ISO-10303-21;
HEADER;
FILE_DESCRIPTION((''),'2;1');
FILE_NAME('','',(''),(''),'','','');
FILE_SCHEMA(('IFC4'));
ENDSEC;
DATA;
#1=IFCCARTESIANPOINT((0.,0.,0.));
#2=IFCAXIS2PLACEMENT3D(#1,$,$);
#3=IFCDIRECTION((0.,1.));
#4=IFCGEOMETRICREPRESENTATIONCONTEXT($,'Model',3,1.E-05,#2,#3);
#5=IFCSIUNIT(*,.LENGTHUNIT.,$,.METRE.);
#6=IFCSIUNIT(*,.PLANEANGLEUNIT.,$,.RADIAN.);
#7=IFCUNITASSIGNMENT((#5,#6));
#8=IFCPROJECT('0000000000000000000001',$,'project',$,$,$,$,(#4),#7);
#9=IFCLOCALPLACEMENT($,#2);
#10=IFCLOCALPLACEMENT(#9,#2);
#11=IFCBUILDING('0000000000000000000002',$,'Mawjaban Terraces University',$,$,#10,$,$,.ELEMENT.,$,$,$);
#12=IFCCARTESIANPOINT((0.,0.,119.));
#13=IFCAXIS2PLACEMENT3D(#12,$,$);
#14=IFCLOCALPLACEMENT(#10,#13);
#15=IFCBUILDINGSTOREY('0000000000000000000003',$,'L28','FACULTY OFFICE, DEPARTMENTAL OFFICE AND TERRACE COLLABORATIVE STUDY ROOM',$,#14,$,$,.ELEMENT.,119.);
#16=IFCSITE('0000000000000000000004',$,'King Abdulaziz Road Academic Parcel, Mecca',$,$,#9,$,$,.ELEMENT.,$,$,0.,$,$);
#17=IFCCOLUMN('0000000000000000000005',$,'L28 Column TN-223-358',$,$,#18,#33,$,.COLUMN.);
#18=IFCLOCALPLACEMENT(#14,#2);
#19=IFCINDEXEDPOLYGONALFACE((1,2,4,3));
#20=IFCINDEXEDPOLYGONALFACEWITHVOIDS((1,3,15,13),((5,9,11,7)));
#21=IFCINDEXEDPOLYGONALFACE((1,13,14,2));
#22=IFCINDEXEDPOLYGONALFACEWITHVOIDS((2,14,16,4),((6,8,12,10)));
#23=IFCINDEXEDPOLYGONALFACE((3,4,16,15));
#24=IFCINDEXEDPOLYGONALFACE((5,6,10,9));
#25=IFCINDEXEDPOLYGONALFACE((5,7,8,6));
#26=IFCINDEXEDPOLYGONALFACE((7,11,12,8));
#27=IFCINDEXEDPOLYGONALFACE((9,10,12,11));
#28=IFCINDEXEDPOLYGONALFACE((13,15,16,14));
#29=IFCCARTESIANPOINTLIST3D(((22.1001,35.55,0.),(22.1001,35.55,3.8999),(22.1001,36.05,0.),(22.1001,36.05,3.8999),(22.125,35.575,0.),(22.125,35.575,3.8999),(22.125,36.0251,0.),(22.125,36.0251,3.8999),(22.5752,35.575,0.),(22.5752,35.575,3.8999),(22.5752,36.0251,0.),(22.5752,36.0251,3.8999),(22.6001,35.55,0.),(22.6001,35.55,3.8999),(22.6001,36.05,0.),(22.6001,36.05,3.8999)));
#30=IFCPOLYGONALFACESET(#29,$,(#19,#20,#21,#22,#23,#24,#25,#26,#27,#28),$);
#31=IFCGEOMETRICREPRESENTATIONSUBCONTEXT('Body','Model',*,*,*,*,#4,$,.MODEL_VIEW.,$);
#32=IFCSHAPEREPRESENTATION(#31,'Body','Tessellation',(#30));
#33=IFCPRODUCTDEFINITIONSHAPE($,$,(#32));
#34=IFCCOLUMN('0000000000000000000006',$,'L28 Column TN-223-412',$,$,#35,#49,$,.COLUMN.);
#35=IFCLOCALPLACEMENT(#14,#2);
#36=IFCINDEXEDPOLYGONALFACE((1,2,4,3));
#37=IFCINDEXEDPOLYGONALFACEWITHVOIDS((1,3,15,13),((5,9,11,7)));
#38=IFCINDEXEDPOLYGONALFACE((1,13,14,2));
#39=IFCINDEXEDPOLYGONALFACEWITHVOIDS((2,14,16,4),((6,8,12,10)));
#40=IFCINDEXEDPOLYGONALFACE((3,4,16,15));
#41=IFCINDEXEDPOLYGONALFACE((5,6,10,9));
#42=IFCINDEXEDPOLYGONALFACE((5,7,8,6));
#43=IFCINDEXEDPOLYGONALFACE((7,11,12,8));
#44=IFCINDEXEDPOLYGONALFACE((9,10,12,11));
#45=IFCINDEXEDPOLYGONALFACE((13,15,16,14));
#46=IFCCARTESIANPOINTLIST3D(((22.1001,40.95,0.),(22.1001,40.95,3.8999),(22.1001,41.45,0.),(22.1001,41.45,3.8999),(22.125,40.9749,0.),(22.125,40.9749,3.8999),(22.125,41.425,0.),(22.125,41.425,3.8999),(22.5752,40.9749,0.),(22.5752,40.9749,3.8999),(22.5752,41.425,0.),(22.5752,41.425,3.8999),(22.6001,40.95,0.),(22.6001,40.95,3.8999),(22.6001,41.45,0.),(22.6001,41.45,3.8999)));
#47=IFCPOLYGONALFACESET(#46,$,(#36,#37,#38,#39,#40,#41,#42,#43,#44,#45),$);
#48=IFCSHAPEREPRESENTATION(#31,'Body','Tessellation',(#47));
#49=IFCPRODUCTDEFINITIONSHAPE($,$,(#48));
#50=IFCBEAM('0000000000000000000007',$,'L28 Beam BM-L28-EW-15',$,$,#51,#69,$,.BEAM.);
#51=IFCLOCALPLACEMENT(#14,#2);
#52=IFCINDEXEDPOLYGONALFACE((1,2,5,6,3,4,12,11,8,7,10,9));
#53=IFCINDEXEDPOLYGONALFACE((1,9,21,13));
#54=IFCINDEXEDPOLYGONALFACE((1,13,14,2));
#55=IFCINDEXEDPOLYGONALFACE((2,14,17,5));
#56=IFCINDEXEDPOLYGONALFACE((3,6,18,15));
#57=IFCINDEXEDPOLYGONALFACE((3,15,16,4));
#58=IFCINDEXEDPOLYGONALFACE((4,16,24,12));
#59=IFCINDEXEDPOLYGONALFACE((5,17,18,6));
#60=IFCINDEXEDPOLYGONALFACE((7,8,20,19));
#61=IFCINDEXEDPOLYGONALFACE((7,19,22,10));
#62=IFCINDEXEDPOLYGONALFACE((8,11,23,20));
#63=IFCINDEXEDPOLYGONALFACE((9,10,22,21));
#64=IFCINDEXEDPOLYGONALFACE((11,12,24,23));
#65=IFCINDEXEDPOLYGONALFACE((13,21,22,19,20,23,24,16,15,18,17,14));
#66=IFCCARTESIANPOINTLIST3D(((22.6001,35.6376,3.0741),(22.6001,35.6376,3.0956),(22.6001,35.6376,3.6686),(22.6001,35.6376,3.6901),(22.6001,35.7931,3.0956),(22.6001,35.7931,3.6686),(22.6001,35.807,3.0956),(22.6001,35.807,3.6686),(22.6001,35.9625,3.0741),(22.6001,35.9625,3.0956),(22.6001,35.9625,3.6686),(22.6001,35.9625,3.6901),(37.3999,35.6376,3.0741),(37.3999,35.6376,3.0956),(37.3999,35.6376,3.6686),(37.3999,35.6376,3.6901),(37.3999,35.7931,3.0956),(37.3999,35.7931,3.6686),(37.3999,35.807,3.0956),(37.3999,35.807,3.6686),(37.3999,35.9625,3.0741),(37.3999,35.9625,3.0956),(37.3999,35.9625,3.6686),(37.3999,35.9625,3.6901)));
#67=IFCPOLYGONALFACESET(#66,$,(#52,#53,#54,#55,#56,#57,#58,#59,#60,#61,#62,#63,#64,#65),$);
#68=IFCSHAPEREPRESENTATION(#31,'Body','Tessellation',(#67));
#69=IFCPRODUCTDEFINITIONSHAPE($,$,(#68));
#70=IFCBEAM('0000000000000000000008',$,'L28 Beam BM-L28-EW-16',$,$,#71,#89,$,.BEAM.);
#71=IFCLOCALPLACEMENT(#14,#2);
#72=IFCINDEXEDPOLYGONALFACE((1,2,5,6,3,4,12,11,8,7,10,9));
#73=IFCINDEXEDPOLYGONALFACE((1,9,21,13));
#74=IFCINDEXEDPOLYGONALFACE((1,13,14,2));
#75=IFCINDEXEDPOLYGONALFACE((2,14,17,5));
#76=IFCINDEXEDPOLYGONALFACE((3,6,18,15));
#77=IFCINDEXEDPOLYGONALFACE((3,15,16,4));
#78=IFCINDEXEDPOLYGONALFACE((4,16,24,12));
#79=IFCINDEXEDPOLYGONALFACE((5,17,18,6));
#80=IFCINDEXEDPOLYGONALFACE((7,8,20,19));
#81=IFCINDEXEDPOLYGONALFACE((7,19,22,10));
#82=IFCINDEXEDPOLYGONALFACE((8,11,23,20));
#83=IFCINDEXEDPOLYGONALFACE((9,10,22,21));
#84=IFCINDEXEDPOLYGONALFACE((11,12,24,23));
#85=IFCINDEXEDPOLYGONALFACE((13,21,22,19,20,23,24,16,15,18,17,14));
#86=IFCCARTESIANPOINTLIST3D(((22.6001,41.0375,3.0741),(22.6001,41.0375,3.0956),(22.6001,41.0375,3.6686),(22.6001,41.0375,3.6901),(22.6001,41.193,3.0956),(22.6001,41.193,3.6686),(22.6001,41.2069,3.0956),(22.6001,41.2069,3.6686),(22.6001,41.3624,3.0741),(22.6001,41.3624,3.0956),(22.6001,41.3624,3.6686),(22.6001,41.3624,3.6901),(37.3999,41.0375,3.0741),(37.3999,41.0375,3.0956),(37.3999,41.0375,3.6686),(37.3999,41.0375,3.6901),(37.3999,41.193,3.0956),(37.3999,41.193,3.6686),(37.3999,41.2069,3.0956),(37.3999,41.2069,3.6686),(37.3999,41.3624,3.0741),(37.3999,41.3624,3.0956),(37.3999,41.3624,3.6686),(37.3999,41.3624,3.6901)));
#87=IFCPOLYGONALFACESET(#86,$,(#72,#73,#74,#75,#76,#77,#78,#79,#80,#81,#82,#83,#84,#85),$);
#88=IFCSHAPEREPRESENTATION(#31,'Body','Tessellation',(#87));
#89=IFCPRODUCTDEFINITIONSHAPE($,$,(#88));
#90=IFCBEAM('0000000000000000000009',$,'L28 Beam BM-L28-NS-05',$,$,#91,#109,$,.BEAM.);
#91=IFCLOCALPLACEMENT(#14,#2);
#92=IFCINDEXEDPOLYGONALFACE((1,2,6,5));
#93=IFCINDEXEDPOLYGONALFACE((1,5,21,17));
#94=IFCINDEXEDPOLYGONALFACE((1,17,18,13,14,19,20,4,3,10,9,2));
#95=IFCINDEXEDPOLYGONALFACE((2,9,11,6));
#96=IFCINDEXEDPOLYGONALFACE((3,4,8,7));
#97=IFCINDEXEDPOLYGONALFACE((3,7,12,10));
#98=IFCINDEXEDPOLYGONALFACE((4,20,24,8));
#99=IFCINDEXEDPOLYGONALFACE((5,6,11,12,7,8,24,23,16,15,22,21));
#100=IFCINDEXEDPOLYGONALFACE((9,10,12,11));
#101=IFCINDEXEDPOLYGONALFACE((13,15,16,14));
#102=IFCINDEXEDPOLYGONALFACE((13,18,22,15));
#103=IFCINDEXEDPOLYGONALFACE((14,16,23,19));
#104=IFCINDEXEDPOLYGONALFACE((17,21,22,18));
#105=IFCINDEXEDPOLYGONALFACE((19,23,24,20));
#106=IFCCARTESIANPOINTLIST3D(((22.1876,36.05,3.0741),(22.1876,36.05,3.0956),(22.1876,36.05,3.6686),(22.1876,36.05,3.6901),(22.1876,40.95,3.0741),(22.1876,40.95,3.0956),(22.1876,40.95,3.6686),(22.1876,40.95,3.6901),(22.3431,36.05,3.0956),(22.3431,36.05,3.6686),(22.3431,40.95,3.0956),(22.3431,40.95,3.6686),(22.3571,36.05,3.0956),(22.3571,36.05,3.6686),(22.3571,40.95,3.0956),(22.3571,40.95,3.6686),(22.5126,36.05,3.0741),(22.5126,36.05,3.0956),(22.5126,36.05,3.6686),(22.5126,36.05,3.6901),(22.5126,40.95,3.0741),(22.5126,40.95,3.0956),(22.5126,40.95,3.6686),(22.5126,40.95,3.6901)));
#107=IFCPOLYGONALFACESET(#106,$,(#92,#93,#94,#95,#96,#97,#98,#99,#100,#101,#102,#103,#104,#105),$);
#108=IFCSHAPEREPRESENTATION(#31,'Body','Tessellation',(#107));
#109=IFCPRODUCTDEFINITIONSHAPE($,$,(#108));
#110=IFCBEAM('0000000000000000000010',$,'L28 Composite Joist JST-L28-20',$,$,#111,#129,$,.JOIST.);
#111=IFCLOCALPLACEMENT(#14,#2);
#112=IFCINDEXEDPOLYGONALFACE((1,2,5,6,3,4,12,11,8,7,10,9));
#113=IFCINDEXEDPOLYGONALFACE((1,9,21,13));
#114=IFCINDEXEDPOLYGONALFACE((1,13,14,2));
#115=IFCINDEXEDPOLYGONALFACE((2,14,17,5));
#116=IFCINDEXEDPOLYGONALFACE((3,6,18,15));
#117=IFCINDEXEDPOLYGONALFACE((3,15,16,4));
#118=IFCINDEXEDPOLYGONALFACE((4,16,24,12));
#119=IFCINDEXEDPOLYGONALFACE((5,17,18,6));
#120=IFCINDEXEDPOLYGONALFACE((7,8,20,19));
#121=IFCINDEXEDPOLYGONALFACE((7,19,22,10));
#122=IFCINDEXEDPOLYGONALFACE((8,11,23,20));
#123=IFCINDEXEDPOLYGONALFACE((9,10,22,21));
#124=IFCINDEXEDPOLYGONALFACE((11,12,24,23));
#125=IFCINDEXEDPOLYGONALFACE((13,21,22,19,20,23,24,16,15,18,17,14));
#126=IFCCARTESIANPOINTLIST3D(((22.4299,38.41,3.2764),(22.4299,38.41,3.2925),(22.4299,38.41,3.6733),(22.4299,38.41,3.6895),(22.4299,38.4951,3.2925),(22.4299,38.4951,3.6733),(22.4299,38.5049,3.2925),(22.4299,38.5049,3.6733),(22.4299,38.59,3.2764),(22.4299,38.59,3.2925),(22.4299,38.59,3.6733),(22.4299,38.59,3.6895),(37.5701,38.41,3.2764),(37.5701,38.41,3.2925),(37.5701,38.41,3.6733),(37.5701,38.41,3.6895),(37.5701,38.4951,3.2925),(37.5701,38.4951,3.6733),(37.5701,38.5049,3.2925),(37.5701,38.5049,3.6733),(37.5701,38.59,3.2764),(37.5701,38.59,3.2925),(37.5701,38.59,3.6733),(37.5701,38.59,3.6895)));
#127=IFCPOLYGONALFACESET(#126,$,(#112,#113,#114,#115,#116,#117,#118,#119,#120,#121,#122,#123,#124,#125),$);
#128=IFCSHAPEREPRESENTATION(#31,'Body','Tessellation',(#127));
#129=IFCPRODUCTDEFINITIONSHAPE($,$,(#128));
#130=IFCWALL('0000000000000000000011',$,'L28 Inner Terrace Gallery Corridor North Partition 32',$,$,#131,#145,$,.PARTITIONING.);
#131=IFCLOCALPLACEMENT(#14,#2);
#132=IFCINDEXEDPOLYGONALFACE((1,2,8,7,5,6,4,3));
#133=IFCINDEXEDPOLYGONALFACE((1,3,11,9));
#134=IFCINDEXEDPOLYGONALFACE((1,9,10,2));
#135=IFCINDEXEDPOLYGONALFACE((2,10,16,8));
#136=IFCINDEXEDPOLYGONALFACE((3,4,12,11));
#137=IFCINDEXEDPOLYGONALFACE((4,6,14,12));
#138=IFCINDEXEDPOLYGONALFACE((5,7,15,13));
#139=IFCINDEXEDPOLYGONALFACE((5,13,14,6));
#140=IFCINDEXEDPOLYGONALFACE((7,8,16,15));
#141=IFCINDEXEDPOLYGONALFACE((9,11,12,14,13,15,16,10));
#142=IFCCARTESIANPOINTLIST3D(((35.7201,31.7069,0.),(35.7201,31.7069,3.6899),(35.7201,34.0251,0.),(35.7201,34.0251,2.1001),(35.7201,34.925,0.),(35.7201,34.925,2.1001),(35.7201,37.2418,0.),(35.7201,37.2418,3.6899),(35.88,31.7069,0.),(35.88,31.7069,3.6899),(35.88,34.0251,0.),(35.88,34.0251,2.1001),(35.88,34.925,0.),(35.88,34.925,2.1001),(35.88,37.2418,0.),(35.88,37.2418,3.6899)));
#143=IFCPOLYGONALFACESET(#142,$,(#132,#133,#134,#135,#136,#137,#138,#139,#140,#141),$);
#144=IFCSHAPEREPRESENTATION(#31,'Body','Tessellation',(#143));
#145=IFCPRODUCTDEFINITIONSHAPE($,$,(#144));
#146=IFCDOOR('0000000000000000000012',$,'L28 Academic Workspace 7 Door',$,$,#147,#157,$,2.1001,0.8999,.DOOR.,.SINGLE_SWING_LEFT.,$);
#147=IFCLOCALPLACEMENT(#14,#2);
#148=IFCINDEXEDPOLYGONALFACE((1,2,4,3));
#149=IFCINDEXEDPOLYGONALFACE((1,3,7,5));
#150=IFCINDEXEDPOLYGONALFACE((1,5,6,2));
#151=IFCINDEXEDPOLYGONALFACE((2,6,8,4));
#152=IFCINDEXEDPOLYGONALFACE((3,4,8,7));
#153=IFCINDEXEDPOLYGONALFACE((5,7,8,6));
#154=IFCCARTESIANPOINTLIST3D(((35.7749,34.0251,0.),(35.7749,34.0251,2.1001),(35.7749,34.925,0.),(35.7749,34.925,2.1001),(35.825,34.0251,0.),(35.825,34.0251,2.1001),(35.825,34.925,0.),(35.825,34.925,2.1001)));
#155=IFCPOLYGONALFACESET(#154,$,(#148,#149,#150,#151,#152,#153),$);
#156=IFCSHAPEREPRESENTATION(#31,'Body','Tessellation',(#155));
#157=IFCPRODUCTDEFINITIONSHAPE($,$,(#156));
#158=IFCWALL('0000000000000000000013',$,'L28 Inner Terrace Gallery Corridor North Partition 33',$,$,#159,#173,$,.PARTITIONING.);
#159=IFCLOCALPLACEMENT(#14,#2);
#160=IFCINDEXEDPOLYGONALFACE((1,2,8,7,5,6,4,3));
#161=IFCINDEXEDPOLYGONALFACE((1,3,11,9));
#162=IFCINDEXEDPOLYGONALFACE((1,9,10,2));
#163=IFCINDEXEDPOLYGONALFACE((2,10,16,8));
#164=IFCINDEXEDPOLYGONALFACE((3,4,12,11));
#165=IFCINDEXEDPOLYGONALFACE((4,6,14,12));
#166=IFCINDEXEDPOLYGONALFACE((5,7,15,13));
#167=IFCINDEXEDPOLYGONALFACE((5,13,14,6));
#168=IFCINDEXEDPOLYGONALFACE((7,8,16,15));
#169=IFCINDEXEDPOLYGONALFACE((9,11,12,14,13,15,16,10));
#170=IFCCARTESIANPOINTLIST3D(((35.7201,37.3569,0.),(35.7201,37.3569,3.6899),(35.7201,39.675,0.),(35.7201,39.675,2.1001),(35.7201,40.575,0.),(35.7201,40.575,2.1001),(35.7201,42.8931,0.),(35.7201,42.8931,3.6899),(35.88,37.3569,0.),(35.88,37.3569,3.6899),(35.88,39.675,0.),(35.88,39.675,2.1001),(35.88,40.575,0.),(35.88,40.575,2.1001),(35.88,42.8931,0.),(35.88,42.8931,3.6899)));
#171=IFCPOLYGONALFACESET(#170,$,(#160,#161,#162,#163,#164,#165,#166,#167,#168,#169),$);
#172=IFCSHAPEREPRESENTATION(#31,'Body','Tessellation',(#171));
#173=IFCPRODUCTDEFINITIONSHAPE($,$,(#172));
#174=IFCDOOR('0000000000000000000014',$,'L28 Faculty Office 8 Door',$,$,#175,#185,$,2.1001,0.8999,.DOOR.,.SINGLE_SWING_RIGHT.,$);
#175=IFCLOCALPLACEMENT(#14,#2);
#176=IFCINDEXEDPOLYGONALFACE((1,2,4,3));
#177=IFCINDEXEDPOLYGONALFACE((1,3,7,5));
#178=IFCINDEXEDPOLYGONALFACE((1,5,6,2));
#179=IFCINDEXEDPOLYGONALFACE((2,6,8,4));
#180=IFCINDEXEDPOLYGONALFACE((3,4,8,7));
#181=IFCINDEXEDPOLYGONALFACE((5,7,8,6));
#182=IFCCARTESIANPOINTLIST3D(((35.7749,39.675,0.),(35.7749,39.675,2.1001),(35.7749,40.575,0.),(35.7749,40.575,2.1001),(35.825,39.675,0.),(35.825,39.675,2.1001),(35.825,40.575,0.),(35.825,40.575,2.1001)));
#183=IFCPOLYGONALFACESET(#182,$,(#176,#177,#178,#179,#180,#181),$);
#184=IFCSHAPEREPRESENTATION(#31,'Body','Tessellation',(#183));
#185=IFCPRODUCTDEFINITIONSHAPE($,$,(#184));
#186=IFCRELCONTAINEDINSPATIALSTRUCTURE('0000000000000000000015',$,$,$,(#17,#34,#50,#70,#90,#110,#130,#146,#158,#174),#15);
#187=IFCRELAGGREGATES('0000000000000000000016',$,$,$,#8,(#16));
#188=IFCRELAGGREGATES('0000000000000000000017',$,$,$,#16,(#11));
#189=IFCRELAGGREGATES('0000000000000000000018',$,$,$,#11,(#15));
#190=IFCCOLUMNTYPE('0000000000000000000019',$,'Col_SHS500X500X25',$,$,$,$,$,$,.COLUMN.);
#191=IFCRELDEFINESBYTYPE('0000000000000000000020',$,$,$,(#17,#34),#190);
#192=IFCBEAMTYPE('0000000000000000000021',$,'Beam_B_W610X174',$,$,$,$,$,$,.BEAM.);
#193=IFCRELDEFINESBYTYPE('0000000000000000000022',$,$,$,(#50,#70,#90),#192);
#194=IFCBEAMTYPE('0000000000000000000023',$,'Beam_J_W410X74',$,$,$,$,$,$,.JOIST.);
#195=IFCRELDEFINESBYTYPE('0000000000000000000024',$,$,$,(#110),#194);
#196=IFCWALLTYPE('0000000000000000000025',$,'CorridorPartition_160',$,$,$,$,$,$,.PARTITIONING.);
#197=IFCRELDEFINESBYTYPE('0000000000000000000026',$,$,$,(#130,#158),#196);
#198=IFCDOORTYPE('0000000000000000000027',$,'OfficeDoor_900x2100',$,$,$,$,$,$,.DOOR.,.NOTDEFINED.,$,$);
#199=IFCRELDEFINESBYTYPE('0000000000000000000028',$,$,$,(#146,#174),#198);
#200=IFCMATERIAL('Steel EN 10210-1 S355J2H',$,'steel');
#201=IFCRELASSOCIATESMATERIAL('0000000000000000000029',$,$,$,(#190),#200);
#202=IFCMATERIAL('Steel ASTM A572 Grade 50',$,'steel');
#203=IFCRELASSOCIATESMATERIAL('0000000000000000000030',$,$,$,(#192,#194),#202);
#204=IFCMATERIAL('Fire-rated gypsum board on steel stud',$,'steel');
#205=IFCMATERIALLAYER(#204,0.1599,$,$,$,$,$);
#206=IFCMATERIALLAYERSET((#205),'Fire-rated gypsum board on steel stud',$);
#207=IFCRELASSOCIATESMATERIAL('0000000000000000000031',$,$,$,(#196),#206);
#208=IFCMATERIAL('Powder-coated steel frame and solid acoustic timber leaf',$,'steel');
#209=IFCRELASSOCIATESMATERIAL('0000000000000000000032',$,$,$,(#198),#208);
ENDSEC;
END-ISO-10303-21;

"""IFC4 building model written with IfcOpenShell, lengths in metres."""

from ifc_helpers import new_model, si_unit, direction, frame, frame_2d, origin, origin_2d, place, context, subcontext, project, spatial, rectangle, hollow_rectangle, i_section, extrude, material, layer, layer_set, material_profile, profile_set, type_object, element, fill, save


model = new_model("IFC4")

# Units and contexts
model_context = context("Model", 3, precision=1e-05, world=origin(), true_north=direction((0.0, 1.0)))
body_context = subcontext(model_context, "Body", "Model", "MODEL_VIEW")
ifc_project = project(units=[si_unit("LENGTHUNIT", "METRE"), si_unit("PLANEANGLEUNIT", "RADIAN")], contexts=[model_context])

# Site, building, storey
site_placement = place(None, origin())
site = spatial("IfcSite", under=ifc_project, at=site_placement, Name="King Abdulaziz Road Academic Parcel, Mecca", CompositionType="ELEMENT", RefElevation=0.0)
building_placement = place(site_placement, origin())
building = spatial("IfcBuilding", under=site, at=building_placement, Name="Mawjaban Terraces University", CompositionType="ELEMENT")
storey_placement = place(building_placement, frame((0.0, 0.0, 119.0)))
storey = spatial("IfcBuildingStorey", under=building, at=storey_placement, Name="L28", Description="FACULTY OFFICE, DEPARTMENTAL OFFICE AND TERRACE COLLABORATIVE STUDY ROOM", CompositionType="ELEMENT", Elevation=119.0)

# Columns
ifc_material_1 = material(Name="Steel EN 10210-1 S355J2H", Category="steel")
ifc_material_profile_1 = material_profile(ifc_material_1, hollow_rectangle(XDim=0.5, YDim=0.5, WallThickness=0.0249, at=origin_2d()), Name="SHS500X500X25")
ifc_profile_set_1 = profile_set([ifc_material_profile_1], Name="Steel EN 10210-1 S355J2H")
column_type = type_object("IfcColumnType", Name="Col_SHS500X500X25", PredefinedType="COLUMN", material=ifc_profile_set_1)
for number, where, z_axis, x_axis, name in (
    (1, (22.3501, 35.8, 0.0), (0.0, 0.0, 1.0), (1.0, 0.0, 0.0), "L28 Column TN-223-358"),
    (2, (22.3501, 41.2, 0.0), (0.0, 0.0, 1.0), (1.0, 0.0, 0.0), "L28 Column TN-223-412"),
):
    element("IfcColumn", number, at=place(storey_placement, frame(where, z_axis=z_axis, x_axis=x_axis)), inside=storey, type_object=column_type, Name=name, PredefinedType="COLUMN", context=body_context, shape_type="SweptSolid", body=[
        extrude(hollow_rectangle(XDim=0.5, YDim=0.5, WallThickness=0.0249, at=origin_2d()), origin(), (0.0, 0.0, 1.0), 3.8999),
    ])

# Beams
ifc_material_2 = material(Name="Steel ASTM A572 Grade 50", Category="steel")
ifc_material_profile_2 = material_profile(ifc_material_2, i_section(OverallWidth=0.325, OverallDepth=0.616, WebThickness=0.0139, FlangeThickness=0.0215, at=origin_2d()), Name="W610X174")
ifc_profile_set_2 = profile_set([ifc_material_profile_2], Name="Steel ASTM A572 Grade 50")
beam_type_1 = type_object("IfcBeamType", Name="Beam_B_W610X174", PredefinedType="BEAM", material=ifc_profile_set_2)
for number, where, z_axis, x_axis, name in (
    (3, (22.6001, 35.8, 3.3821), (1.0, 0.0, 0.0), (0.0, 1.0, 0.0), "L28 Beam BM-L28-EW-15"),
    (4, (22.6001, 41.2, 3.3821), (1.0, 0.0, 0.0), (0.0, 1.0, 0.0), "L28 Beam BM-L28-EW-16"),
):
    element("IfcBeam", number, at=place(storey_placement, frame(where, z_axis=z_axis, x_axis=x_axis)), inside=storey, type_object=beam_type_1, Name=name, PredefinedType="BEAM", context=body_context, shape_type="SweptSolid", body=[
        extrude(i_section(OverallWidth=0.325, OverallDepth=0.616, WebThickness=0.0139, FlangeThickness=0.0215, at=origin_2d()), origin(), (0.0, 0.0, 1.0), 14.7998),
    ])
beam_1_placement = place(storey_placement, frame((22.3501, 36.05, 3.3821), z_axis=(0.0, 1.0, 0.0), x_axis=(-1.0, 0.0, 0.0)))
element("IfcBeam", 5, at=beam_1_placement, inside=storey, type_object=beam_type_1, Name="L28 Beam BM-L28-NS-05", PredefinedType="BEAM", context=body_context, shape_type="SweptSolid", body=[
    extrude(i_section(OverallWidth=0.325, OverallDepth=0.616, WebThickness=0.0139, FlangeThickness=0.0215, at=origin_2d()), origin(), (0.0, 0.0, 1.0), 4.8999),
])
ifc_material_profile_3 = material_profile(ifc_material_2, i_section(OverallWidth=0.1799, OverallDepth=0.4131, WebThickness=0.0098, FlangeThickness=0.0161, at=origin_2d()), Name="W410X74")
ifc_profile_set_3 = profile_set([ifc_material_profile_3], Name="Steel ASTM A572 Grade 50")
beam_type_2 = type_object("IfcBeamType", Name="Beam_J_W410X74", PredefinedType="JOIST", material=ifc_profile_set_3)
beam_2_placement = place(storey_placement, frame((22.4299, 38.5, 3.4829), z_axis=(1.0, 0.0, 0.0), x_axis=(0.0, 1.0, 0.0)))
element("IfcBeam", 6, at=beam_2_placement, inside=storey, type_object=beam_type_2, Name="L28 Composite Joist JST-L28-20", PredefinedType="JOIST", context=body_context, shape_type="SweptSolid", body=[
    extrude(i_section(OverallWidth=0.1799, OverallDepth=0.4131, WebThickness=0.0098, FlangeThickness=0.0161, at=origin_2d()), origin(), (0.0, 0.0, 1.0), 15.1401),
])

# Walls, openings, doors
ifc_material_3 = material(Name="Fire-rated gypsum board on steel stud", Category="steel")
ifc_layer_1 = layer(ifc_material_3, 0.1599)
ifc_layer_set_1 = layer_set([ifc_layer_1], Name="Fire-rated gypsum board on steel stud")
wall_type_1 = type_object("IfcWallType", Name="CorridorPartition_160", PredefinedType="PARTITIONING", material=ifc_layer_set_1)
wall_1_placement = place(storey_placement, frame((35.8, 37.2419, 0.0), z_axis=(0.0, 0.0, 1.0), x_axis=(0.0, -1.0, 0.0)))
wall_1 = element("IfcWall", 7, at=wall_1_placement, inside=storey, type_object=wall_type_1, Name="L28 Inner Terrace Gallery Corridor North Partition 32", PredefinedType="PARTITIONING", context=body_context, shape_type="SweptSolid", body=[
    extrude(rectangle(XDim=5.5349, YDim=0.1599, at=frame_2d((2.7676, 0.0))), origin(), (0.0, 0.0, 1.0), 3.6899),
])
opening_1_placement = place(wall_1_placement, frame((2.3169, 0.0, 0.0)))
opening_1 = element("IfcOpeningElement", 8, at=opening_1_placement, cuts=wall_1, PredefinedType="OPENING", context=body_context, shape_type="SweptSolid", body=[
    extrude(rectangle(XDim=0.8999, YDim=2.1001, at=frame_2d((0.45, 1.05))), frame((0.0, 0.0898, 0.0), z_axis=(0.0, -1.0, 0.0), x_axis=(1.0, 0.0, 0.0)), (0.0, 0.0, 1.0), 0.1799),
])
ifc_material_4 = material(Name="Powder-coated steel frame and solid acoustic timber leaf", Category="steel")
door_type_1 = type_object("IfcDoorType", Name="OfficeDoor_900x2100", OperationType="NOTDEFINED", PredefinedType="DOOR", material=ifc_material_4)
door_1_placement = place(opening_1_placement, origin())
door_1 = element("IfcDoor", 9, at=door_1_placement, inside=storey, type_object=door_type_1, Name="L28 Academic Workspace 7 Door", OperationType="SINGLE_SWING_LEFT", OverallHeight=2.1001, OverallWidth=0.8999, PredefinedType="DOOR", context=body_context, shape_type="SweptSolid", body=[
    extrude(rectangle(XDim=0.8999, YDim=2.1001, at=frame_2d((0.45, 1.05))), frame((0.0, 0.0249, 0.0), z_axis=(0.0, -1.0, 0.0), x_axis=(1.0, 0.0, 0.0)), (0.0, 0.0, 1.0), 0.05),
])
fill(opening_1, door_1)
wall_2_placement = place(storey_placement, frame((35.8, 42.8931, 0.0), z_axis=(0.0, 0.0, 1.0), x_axis=(0.0, -1.0, 0.0)))
wall_2 = element("IfcWall", 10, at=wall_2_placement, inside=storey, type_object=wall_type_1, Name="L28 Inner Terrace Gallery Corridor North Partition 33", PredefinedType="PARTITIONING", context=body_context, shape_type="SweptSolid", body=[
    extrude(rectangle(XDim=5.5361, YDim=0.1599, at=frame_2d((2.7681, 0.0))), origin(), (0.0, 0.0, 1.0), 3.6899),
])
opening_2_placement = place(wall_2_placement, frame((2.3181, 0.0, 0.0)))
opening_2 = element("IfcOpeningElement", 11, at=opening_2_placement, cuts=wall_2, PredefinedType="OPENING", context=body_context, shape_type="SweptSolid", body=[
    extrude(rectangle(XDim=0.8999, YDim=2.1001, at=frame_2d((0.45, 1.05))), frame((0.0, 0.0898, 0.0), z_axis=(0.0, -1.0, 0.0), x_axis=(1.0, 0.0, 0.0)), (0.0, 0.0, 1.0), 0.1799),
])
door_2_placement = place(opening_2_placement, origin())
door_2 = element("IfcDoor", 12, at=door_2_placement, inside=storey, type_object=door_type_1, Name="L28 Faculty Office 8 Door", OperationType="SINGLE_SWING_RIGHT", OverallHeight=2.1001, OverallWidth=0.8999, PredefinedType="DOOR", context=body_context, shape_type="SweptSolid", body=[
    extrude(rectangle(XDim=0.8999, YDim=2.1001, at=frame_2d((0.45, 1.05))), frame((0.0, 0.0249, 0.0), z_axis=(0.0, -1.0, 0.0), x_axis=(1.0, 0.0, 0.0)), (0.0, 0.0, 1.0), 0.05),
])
fill(opening_2, door_2)

save(model, "model.ifc")
